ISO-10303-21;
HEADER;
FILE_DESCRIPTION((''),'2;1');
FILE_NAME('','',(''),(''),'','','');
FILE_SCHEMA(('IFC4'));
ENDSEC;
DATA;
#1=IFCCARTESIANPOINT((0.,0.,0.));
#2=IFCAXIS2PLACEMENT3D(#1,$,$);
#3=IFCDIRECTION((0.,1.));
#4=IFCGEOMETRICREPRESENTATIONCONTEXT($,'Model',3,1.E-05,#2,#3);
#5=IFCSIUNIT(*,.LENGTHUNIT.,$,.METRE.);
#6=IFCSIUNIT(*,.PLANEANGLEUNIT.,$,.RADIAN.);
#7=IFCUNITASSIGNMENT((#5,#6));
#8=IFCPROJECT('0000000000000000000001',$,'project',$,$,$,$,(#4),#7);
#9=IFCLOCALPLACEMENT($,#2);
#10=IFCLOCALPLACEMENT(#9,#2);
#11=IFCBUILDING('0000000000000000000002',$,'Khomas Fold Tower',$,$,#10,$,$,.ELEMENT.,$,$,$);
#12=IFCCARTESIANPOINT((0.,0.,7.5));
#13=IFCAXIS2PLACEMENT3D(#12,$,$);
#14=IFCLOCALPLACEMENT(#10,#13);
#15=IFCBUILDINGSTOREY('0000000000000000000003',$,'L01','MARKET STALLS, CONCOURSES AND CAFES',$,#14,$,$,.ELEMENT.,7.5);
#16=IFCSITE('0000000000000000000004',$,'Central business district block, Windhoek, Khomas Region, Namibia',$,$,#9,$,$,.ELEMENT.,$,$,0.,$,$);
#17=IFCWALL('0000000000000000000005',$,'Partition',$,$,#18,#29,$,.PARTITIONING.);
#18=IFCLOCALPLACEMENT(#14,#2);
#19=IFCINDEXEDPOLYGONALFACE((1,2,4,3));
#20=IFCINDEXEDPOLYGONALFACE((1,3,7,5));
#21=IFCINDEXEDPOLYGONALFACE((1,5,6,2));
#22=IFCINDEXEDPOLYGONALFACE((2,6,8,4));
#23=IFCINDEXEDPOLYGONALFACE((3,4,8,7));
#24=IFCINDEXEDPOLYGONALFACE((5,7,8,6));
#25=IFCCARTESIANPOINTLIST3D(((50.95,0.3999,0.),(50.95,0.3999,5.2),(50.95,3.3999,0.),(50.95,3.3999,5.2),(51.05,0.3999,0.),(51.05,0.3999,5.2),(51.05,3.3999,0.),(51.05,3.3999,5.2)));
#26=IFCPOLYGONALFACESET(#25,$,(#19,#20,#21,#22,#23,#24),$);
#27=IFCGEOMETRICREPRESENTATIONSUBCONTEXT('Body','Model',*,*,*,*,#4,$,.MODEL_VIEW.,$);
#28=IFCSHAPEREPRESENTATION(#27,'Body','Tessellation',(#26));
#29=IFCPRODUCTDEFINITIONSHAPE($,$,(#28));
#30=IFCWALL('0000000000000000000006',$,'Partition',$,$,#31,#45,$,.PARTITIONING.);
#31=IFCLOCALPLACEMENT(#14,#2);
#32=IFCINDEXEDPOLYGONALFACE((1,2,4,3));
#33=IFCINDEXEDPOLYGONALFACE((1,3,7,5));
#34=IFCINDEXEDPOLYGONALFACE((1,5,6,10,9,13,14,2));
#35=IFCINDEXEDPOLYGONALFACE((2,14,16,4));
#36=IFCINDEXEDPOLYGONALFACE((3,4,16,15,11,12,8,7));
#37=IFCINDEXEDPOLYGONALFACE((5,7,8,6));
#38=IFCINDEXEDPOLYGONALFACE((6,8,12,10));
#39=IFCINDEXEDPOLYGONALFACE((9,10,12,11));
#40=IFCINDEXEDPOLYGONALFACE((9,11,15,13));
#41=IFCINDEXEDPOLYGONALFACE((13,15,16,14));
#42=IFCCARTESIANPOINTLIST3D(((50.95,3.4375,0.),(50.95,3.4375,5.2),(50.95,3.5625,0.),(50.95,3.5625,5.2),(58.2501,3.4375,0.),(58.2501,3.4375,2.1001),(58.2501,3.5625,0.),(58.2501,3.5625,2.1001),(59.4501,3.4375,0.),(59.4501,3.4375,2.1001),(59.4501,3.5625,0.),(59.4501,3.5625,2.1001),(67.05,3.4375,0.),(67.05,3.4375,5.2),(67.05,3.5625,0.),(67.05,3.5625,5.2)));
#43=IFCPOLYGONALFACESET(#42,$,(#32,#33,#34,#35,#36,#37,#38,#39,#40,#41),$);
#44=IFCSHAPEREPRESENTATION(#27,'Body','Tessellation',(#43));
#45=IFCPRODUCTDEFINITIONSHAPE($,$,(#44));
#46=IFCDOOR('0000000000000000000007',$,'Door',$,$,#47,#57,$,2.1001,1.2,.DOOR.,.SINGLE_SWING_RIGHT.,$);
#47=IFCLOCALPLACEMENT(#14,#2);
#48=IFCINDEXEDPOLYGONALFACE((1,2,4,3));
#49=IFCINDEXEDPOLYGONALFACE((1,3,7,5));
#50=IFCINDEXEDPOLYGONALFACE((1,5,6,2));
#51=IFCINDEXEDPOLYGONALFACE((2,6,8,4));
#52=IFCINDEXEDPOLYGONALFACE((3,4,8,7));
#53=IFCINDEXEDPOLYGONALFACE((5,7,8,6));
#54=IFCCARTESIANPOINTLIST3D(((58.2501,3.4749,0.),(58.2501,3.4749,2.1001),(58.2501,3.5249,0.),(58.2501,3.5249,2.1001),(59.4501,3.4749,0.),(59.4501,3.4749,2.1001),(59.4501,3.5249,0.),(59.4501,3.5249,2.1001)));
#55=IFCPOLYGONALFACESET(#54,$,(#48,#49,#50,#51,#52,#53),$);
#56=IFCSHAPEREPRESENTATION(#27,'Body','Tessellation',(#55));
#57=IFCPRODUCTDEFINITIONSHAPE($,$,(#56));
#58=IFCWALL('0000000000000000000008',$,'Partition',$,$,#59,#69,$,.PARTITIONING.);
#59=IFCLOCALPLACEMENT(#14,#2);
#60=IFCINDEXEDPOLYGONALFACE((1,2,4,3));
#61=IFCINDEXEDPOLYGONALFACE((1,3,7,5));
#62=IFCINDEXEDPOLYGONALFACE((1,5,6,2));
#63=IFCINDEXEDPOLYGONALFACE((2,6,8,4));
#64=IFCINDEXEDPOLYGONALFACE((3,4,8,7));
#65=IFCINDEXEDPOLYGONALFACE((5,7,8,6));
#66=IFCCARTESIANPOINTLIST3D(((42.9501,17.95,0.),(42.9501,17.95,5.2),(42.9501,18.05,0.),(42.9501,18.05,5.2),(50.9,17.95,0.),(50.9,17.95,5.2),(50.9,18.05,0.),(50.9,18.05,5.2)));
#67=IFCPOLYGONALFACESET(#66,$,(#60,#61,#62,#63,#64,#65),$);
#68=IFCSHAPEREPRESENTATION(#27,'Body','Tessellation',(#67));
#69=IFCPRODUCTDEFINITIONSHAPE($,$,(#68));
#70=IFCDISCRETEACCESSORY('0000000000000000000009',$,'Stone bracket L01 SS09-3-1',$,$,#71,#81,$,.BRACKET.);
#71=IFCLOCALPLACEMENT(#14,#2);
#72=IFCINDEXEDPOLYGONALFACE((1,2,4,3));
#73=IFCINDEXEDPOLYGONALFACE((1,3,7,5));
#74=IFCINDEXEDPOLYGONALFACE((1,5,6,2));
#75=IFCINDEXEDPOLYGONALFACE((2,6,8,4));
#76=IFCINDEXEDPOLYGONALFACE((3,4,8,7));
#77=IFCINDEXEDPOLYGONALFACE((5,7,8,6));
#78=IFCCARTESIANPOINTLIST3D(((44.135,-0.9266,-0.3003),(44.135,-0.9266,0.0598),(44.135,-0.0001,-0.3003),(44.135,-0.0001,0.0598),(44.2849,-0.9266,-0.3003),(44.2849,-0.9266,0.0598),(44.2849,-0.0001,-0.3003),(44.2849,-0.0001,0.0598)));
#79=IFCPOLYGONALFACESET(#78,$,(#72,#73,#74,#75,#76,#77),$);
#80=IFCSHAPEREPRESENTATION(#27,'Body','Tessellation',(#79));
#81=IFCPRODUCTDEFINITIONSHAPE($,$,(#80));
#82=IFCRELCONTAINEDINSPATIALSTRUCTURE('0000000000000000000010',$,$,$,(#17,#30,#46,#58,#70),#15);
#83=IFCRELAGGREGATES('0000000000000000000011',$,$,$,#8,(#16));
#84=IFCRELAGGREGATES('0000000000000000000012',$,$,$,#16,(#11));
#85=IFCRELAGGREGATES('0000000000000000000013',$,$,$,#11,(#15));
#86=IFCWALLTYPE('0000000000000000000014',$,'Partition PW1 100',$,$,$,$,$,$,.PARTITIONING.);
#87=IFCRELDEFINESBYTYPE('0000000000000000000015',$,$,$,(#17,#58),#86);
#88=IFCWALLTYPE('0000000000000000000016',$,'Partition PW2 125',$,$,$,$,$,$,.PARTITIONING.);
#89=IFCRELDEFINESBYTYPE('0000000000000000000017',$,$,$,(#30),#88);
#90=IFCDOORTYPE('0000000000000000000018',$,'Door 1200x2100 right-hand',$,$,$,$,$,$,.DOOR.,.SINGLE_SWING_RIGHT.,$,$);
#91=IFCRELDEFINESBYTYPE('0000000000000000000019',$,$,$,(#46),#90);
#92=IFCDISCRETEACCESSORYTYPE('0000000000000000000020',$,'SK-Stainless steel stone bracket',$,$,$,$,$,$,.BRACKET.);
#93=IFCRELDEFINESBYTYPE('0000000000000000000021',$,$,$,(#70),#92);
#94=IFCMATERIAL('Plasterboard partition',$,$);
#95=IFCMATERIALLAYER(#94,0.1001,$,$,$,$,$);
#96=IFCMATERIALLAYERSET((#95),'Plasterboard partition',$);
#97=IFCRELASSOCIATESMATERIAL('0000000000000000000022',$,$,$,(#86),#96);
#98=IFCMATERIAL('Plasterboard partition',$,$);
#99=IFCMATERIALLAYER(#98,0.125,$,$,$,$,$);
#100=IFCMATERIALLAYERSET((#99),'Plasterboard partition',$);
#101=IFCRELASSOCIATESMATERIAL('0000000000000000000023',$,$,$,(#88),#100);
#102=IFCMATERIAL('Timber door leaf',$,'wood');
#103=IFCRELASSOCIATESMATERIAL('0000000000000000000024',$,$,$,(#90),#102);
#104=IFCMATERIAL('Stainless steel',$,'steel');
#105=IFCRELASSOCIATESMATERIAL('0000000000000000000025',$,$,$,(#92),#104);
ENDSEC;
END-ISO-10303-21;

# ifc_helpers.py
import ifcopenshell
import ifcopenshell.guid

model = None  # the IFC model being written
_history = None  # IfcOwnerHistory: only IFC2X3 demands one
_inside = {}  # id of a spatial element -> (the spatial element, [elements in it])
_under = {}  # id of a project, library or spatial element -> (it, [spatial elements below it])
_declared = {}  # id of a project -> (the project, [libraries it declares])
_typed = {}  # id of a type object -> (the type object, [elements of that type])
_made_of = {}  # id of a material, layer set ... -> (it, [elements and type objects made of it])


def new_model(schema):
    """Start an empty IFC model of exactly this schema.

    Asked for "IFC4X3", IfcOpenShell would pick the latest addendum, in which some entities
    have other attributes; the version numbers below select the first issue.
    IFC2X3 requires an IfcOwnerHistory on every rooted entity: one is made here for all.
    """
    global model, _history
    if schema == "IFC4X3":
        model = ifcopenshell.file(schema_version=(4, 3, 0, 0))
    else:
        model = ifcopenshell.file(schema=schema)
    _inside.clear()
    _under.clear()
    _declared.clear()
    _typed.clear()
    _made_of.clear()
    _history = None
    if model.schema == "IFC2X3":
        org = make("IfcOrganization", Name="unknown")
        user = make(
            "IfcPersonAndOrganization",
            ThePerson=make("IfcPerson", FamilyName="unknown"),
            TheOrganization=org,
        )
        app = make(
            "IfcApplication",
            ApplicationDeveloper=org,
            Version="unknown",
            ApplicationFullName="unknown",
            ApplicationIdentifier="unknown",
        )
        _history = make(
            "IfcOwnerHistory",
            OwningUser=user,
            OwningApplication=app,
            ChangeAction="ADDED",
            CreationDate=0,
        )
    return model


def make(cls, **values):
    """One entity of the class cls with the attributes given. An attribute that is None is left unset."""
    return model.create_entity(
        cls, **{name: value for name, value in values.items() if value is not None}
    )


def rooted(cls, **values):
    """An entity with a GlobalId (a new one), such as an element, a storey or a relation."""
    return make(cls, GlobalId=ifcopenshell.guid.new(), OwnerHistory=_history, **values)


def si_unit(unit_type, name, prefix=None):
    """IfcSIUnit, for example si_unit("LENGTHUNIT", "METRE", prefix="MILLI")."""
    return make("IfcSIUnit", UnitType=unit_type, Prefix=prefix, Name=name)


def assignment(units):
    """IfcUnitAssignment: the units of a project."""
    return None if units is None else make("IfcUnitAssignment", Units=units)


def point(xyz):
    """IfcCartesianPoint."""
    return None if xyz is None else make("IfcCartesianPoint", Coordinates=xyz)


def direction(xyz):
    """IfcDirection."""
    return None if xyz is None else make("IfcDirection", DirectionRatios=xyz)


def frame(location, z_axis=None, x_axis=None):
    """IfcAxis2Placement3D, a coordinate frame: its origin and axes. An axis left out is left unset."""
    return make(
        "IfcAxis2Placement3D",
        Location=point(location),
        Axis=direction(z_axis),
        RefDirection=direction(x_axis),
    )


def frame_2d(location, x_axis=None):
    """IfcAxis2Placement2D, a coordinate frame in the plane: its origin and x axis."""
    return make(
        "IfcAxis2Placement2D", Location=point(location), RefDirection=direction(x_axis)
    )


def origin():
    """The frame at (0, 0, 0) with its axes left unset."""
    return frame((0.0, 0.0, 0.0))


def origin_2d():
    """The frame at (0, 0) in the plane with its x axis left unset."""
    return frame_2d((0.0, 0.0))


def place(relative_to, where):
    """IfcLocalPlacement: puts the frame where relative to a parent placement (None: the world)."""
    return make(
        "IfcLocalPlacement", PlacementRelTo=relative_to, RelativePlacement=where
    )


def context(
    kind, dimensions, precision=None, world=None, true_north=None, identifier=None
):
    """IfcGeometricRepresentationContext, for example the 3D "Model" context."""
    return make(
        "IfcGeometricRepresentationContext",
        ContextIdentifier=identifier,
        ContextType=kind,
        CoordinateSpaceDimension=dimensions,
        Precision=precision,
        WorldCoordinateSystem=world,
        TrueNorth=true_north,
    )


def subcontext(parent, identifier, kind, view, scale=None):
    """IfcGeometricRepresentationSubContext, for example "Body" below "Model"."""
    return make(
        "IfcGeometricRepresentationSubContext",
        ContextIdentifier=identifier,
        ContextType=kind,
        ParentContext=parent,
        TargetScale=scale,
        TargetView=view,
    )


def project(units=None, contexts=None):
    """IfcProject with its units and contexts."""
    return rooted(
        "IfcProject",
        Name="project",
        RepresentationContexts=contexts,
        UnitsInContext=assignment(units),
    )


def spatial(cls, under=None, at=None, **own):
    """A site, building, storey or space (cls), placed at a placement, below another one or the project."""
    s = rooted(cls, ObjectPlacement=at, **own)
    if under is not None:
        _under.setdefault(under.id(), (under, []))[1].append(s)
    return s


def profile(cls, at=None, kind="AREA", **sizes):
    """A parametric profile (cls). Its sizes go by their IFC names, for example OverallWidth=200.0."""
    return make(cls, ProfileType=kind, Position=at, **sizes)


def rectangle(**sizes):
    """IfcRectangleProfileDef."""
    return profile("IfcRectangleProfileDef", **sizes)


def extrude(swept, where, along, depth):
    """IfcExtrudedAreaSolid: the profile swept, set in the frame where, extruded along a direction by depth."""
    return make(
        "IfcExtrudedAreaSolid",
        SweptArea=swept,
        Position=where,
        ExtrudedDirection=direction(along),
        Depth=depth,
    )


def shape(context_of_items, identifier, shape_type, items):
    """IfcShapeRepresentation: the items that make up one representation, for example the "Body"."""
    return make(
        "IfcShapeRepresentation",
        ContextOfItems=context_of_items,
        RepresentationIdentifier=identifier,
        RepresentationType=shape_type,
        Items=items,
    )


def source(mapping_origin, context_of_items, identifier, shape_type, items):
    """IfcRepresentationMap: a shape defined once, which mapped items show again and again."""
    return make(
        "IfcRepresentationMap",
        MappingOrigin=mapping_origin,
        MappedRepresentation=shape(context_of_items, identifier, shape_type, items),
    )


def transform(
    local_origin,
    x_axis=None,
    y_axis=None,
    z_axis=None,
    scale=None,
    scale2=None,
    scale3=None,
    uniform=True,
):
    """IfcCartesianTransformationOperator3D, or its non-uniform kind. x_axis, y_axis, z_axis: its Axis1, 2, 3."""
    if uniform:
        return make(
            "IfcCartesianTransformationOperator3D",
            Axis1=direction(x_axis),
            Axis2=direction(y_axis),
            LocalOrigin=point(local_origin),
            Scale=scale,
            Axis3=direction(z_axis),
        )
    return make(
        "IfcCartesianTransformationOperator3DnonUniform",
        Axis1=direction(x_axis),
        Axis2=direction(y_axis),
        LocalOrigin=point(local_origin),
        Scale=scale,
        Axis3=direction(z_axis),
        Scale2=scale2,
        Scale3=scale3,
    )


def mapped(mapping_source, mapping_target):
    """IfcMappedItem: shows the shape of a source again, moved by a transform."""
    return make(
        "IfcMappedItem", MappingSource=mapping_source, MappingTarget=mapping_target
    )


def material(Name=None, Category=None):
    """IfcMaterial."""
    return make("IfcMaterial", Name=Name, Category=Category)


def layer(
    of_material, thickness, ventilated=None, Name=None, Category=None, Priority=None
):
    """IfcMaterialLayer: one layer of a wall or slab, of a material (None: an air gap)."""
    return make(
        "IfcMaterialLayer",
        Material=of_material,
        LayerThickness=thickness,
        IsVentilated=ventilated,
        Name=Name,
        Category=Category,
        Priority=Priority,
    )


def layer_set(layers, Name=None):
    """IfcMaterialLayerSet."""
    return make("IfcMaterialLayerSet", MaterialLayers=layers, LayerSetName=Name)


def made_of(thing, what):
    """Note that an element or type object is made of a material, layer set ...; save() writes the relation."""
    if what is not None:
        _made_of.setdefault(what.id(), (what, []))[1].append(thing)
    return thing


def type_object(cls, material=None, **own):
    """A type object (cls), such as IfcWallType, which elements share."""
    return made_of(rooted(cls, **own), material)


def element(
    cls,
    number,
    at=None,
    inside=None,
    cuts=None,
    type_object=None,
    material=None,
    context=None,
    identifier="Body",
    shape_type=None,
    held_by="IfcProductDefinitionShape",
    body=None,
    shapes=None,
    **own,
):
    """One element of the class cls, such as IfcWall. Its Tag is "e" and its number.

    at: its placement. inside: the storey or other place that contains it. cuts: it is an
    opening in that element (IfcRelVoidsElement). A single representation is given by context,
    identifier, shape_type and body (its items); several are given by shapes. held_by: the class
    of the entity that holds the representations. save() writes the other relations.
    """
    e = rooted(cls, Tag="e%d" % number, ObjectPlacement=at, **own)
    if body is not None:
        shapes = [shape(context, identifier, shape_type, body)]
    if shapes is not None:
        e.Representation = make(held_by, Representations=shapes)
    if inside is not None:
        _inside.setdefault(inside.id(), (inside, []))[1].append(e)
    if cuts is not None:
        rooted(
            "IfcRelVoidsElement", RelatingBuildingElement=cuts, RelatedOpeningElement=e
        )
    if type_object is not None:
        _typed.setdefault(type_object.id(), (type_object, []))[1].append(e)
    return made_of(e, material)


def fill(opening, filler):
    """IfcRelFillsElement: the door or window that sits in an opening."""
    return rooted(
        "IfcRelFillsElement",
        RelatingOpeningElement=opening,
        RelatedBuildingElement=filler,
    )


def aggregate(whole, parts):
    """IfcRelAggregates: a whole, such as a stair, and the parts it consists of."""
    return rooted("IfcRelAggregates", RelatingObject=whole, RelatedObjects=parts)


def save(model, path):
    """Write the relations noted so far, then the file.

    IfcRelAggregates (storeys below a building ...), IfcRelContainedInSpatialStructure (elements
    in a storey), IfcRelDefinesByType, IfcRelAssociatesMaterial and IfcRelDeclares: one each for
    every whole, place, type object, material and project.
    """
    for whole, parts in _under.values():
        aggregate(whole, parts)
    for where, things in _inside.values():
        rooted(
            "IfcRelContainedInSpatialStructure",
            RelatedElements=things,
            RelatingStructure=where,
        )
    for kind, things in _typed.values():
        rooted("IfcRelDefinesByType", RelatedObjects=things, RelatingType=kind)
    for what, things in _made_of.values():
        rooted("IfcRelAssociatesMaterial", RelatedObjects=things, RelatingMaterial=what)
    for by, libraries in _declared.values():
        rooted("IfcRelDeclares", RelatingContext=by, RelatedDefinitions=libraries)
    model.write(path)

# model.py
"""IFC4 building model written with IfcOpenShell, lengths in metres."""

from ifc_helpers import new_model, si_unit, direction, frame, frame_2d, origin, origin_2d, place, context, subcontext, project, spatial, rectangle, extrude, source, transform, mapped, material, layer, layer_set, type_object, element, fill, save


model = new_model("IFC4")

# Units and contexts
model_context = context("Model", 3, precision=1e-05, world=origin(), true_north=direction((0.0, 1.0)))
body_context = subcontext(model_context, "Body", "Model", "MODEL_VIEW")
ifc_project = project(units=[si_unit("LENGTHUNIT", "METRE"), si_unit("PLANEANGLEUNIT", "RADIAN")], contexts=[model_context])

# Site, building, storey
site_placement = place(None, origin())
site = spatial("IfcSite", under=ifc_project, at=site_placement, Name="Central business district block, Windhoek, Khomas Region, Namibia", CompositionType="ELEMENT", RefElevation=0.0)
building_placement = place(site_placement, origin())
building = spatial("IfcBuilding", under=site, at=building_placement, Name="Khomas Fold Tower", CompositionType="ELEMENT")
storey_placement = place(building_placement, frame((0.0, 0.0, 7.5)))
storey = spatial("IfcBuildingStorey", under=building, at=storey_placement, Name="L01", Description="MARKET STALLS, CONCOURSES AND CAFES", CompositionType="ELEMENT", Elevation=7.5)

# Wall
ifc_material_1 = material(Name="Plasterboard partition")
ifc_layer_1 = layer(ifc_material_1, 0.1001)
ifc_layer_set_1 = layer_set([ifc_layer_1], Name="Plasterboard partition")
wall_type_1 = type_object("IfcWallType", Name="Partition PW1 100", PredefinedType="PARTITIONING", material=ifc_layer_set_1)
shared_shape_1 = source(origin(), body_context, "Body", "SweptSolid", [
    extrude(rectangle(XDim=3.0, YDim=0.1001, at=frame_2d((1.5, 0.0))), origin(), (0.0, 0.0, 1.0), 5.2),
])
wall_1_placement = place(storey_placement, frame((51.0, 0.3999, 0.0), z_axis=(0.0, 0.0, 1.0), x_axis=(0.0, 1.0, 0.0)))
element("IfcWall", 1, at=wall_1_placement, inside=storey, type_object=wall_type_1, Name="Partition", PredefinedType="PARTITIONING", context=body_context, shape_type="MappedRepresentation", body=[
    mapped(shared_shape_1, transform((0.0, 0.0, 0.0))),
])

# Wall, opening, door
ifc_material_2 = material(Name="Plasterboard partition")
ifc_layer_2 = layer(ifc_material_2, 0.125)
ifc_layer_set_2 = layer_set([ifc_layer_2], Name="Plasterboard partition")
wall_type_2 = type_object("IfcWallType", Name="Partition PW2 125", PredefinedType="PARTITIONING", material=ifc_layer_set_2)
shared_shape_2 = source(origin(), body_context, "Body", "SweptSolid", [
    extrude(rectangle(XDim=16.1001, YDim=0.125, at=frame_2d((8.05, 0.0))), origin(), (0.0, 0.0, 1.0), 5.2),
])
wall_2_placement = place(storey_placement, frame((50.95, 3.5, 0.0), z_axis=(0.0, 0.0, 1.0), x_axis=(1.0, 0.0, 0.0)))
wall_2 = element("IfcWall", 2, at=wall_2_placement, inside=storey, type_object=wall_type_2, Name="Partition", PredefinedType="PARTITIONING", context=body_context, shape_type="MappedRepresentation", body=[
    mapped(shared_shape_2, transform((0.0, 0.0, 0.0))),
])
shared_shape_3 = source(origin(), body_context, "Body", "SweptSolid", [
    extrude(rectangle(XDim=1.2, YDim=2.1001, at=frame_2d((0.6001, 1.05))), frame((0.0, 0.0725, 0.0), z_axis=(0.0, -1.0, 0.0), x_axis=(1.0, 0.0, 0.0)), (0.0, 0.0, 1.0), 0.145),
])
opening_1_placement = place(wall_2_placement, frame((7.3, 0.0, 0.0)))
opening_1 = element("IfcOpeningElement", 3, at=opening_1_placement, cuts=wall_2, PredefinedType="OPENING", context=body_context, shape_type="MappedRepresentation", body=[
    mapped(shared_shape_3, transform((0.0, 0.0, 0.0))),
])
ifc_material_3 = material(Name="Timber door leaf", Category="wood")
door_type = type_object("IfcDoorType", Name="Door 1200x2100 right-hand", OperationType="SINGLE_SWING_RIGHT", PredefinedType="DOOR", material=ifc_material_3)
shared_shape_4 = source(origin(), body_context, "Body", "SweptSolid", [
    extrude(rectangle(XDim=1.2, YDim=2.1001, at=frame_2d((0.6001, 1.05))), frame((0.0, 0.0249, 0.0), z_axis=(0.0, -1.0, 0.0), x_axis=(1.0, 0.0, 0.0)), (0.0, 0.0, 1.0), 0.05),
])
door_placement = place(opening_1_placement, origin())
door = element("IfcDoor", 4, at=door_placement, inside=storey, type_object=door_type, Name="Door", OperationType="SINGLE_SWING_RIGHT", OverallHeight=2.1001, OverallWidth=1.2, PredefinedType="DOOR", context=body_context, shape_type="MappedRepresentation", body=[
    mapped(shared_shape_4, transform((0.0, 0.0, 0.0))),
])
fill(opening_1, door)

# Wall
shared_shape_5 = source(origin(), body_context, "Body", "SweptSolid", [
    extrude(rectangle(XDim=7.95, YDim=0.1001, at=frame_2d((3.9751, 0.0))), origin(), (0.0, 0.0, 1.0), 5.2),
])
wall_3_placement = place(storey_placement, frame((42.95, 18.0, 0.0), z_axis=(0.0, 0.0, 1.0), x_axis=(1.0, 0.0, 0.0)))
element("IfcWall", 5, at=wall_3_placement, inside=storey, type_object=wall_type_1, Name="Partition", PredefinedType="PARTITIONING", context=body_context, shape_type="MappedRepresentation", body=[
    mapped(shared_shape_5, transform((0.0, 0.0, 0.0))),
])

# Discrete accessory
ifc_material_4 = material(Name="Stainless steel", Category="steel")
discrete_accessory_type = type_object("IfcDiscreteAccessoryType", Name="SK-Stainless steel stone bracket", PredefinedType="BRACKET", material=ifc_material_4)
shared_shape_6 = source(origin(), body_context, "Body", "SweptSolid", [
    extrude(rectangle(XDim=0.9265, YDim=0.1499, at=origin_2d()), origin(), (0.0, 0.0, 1.0), 0.3601),
])
discrete_accessory_placement = place(storey_placement, frame((44.21, -0.4634, -0.3003), z_axis=(0.0, 0.0, 1.0), x_axis=(0.0, -1.0, 0.0)))
element("IfcDiscreteAccessory", 6, at=discrete_accessory_placement, inside=storey, type_object=discrete_accessory_type, Name="Stone bracket L01 SS09-3-1", PredefinedType="BRACKET", context=body_context, shape_type="MappedRepresentation", body=[
    mapped(shared_shape_6, transform((0.0, 0.0, 0.0))),
])

save(model, "model.ifc")
